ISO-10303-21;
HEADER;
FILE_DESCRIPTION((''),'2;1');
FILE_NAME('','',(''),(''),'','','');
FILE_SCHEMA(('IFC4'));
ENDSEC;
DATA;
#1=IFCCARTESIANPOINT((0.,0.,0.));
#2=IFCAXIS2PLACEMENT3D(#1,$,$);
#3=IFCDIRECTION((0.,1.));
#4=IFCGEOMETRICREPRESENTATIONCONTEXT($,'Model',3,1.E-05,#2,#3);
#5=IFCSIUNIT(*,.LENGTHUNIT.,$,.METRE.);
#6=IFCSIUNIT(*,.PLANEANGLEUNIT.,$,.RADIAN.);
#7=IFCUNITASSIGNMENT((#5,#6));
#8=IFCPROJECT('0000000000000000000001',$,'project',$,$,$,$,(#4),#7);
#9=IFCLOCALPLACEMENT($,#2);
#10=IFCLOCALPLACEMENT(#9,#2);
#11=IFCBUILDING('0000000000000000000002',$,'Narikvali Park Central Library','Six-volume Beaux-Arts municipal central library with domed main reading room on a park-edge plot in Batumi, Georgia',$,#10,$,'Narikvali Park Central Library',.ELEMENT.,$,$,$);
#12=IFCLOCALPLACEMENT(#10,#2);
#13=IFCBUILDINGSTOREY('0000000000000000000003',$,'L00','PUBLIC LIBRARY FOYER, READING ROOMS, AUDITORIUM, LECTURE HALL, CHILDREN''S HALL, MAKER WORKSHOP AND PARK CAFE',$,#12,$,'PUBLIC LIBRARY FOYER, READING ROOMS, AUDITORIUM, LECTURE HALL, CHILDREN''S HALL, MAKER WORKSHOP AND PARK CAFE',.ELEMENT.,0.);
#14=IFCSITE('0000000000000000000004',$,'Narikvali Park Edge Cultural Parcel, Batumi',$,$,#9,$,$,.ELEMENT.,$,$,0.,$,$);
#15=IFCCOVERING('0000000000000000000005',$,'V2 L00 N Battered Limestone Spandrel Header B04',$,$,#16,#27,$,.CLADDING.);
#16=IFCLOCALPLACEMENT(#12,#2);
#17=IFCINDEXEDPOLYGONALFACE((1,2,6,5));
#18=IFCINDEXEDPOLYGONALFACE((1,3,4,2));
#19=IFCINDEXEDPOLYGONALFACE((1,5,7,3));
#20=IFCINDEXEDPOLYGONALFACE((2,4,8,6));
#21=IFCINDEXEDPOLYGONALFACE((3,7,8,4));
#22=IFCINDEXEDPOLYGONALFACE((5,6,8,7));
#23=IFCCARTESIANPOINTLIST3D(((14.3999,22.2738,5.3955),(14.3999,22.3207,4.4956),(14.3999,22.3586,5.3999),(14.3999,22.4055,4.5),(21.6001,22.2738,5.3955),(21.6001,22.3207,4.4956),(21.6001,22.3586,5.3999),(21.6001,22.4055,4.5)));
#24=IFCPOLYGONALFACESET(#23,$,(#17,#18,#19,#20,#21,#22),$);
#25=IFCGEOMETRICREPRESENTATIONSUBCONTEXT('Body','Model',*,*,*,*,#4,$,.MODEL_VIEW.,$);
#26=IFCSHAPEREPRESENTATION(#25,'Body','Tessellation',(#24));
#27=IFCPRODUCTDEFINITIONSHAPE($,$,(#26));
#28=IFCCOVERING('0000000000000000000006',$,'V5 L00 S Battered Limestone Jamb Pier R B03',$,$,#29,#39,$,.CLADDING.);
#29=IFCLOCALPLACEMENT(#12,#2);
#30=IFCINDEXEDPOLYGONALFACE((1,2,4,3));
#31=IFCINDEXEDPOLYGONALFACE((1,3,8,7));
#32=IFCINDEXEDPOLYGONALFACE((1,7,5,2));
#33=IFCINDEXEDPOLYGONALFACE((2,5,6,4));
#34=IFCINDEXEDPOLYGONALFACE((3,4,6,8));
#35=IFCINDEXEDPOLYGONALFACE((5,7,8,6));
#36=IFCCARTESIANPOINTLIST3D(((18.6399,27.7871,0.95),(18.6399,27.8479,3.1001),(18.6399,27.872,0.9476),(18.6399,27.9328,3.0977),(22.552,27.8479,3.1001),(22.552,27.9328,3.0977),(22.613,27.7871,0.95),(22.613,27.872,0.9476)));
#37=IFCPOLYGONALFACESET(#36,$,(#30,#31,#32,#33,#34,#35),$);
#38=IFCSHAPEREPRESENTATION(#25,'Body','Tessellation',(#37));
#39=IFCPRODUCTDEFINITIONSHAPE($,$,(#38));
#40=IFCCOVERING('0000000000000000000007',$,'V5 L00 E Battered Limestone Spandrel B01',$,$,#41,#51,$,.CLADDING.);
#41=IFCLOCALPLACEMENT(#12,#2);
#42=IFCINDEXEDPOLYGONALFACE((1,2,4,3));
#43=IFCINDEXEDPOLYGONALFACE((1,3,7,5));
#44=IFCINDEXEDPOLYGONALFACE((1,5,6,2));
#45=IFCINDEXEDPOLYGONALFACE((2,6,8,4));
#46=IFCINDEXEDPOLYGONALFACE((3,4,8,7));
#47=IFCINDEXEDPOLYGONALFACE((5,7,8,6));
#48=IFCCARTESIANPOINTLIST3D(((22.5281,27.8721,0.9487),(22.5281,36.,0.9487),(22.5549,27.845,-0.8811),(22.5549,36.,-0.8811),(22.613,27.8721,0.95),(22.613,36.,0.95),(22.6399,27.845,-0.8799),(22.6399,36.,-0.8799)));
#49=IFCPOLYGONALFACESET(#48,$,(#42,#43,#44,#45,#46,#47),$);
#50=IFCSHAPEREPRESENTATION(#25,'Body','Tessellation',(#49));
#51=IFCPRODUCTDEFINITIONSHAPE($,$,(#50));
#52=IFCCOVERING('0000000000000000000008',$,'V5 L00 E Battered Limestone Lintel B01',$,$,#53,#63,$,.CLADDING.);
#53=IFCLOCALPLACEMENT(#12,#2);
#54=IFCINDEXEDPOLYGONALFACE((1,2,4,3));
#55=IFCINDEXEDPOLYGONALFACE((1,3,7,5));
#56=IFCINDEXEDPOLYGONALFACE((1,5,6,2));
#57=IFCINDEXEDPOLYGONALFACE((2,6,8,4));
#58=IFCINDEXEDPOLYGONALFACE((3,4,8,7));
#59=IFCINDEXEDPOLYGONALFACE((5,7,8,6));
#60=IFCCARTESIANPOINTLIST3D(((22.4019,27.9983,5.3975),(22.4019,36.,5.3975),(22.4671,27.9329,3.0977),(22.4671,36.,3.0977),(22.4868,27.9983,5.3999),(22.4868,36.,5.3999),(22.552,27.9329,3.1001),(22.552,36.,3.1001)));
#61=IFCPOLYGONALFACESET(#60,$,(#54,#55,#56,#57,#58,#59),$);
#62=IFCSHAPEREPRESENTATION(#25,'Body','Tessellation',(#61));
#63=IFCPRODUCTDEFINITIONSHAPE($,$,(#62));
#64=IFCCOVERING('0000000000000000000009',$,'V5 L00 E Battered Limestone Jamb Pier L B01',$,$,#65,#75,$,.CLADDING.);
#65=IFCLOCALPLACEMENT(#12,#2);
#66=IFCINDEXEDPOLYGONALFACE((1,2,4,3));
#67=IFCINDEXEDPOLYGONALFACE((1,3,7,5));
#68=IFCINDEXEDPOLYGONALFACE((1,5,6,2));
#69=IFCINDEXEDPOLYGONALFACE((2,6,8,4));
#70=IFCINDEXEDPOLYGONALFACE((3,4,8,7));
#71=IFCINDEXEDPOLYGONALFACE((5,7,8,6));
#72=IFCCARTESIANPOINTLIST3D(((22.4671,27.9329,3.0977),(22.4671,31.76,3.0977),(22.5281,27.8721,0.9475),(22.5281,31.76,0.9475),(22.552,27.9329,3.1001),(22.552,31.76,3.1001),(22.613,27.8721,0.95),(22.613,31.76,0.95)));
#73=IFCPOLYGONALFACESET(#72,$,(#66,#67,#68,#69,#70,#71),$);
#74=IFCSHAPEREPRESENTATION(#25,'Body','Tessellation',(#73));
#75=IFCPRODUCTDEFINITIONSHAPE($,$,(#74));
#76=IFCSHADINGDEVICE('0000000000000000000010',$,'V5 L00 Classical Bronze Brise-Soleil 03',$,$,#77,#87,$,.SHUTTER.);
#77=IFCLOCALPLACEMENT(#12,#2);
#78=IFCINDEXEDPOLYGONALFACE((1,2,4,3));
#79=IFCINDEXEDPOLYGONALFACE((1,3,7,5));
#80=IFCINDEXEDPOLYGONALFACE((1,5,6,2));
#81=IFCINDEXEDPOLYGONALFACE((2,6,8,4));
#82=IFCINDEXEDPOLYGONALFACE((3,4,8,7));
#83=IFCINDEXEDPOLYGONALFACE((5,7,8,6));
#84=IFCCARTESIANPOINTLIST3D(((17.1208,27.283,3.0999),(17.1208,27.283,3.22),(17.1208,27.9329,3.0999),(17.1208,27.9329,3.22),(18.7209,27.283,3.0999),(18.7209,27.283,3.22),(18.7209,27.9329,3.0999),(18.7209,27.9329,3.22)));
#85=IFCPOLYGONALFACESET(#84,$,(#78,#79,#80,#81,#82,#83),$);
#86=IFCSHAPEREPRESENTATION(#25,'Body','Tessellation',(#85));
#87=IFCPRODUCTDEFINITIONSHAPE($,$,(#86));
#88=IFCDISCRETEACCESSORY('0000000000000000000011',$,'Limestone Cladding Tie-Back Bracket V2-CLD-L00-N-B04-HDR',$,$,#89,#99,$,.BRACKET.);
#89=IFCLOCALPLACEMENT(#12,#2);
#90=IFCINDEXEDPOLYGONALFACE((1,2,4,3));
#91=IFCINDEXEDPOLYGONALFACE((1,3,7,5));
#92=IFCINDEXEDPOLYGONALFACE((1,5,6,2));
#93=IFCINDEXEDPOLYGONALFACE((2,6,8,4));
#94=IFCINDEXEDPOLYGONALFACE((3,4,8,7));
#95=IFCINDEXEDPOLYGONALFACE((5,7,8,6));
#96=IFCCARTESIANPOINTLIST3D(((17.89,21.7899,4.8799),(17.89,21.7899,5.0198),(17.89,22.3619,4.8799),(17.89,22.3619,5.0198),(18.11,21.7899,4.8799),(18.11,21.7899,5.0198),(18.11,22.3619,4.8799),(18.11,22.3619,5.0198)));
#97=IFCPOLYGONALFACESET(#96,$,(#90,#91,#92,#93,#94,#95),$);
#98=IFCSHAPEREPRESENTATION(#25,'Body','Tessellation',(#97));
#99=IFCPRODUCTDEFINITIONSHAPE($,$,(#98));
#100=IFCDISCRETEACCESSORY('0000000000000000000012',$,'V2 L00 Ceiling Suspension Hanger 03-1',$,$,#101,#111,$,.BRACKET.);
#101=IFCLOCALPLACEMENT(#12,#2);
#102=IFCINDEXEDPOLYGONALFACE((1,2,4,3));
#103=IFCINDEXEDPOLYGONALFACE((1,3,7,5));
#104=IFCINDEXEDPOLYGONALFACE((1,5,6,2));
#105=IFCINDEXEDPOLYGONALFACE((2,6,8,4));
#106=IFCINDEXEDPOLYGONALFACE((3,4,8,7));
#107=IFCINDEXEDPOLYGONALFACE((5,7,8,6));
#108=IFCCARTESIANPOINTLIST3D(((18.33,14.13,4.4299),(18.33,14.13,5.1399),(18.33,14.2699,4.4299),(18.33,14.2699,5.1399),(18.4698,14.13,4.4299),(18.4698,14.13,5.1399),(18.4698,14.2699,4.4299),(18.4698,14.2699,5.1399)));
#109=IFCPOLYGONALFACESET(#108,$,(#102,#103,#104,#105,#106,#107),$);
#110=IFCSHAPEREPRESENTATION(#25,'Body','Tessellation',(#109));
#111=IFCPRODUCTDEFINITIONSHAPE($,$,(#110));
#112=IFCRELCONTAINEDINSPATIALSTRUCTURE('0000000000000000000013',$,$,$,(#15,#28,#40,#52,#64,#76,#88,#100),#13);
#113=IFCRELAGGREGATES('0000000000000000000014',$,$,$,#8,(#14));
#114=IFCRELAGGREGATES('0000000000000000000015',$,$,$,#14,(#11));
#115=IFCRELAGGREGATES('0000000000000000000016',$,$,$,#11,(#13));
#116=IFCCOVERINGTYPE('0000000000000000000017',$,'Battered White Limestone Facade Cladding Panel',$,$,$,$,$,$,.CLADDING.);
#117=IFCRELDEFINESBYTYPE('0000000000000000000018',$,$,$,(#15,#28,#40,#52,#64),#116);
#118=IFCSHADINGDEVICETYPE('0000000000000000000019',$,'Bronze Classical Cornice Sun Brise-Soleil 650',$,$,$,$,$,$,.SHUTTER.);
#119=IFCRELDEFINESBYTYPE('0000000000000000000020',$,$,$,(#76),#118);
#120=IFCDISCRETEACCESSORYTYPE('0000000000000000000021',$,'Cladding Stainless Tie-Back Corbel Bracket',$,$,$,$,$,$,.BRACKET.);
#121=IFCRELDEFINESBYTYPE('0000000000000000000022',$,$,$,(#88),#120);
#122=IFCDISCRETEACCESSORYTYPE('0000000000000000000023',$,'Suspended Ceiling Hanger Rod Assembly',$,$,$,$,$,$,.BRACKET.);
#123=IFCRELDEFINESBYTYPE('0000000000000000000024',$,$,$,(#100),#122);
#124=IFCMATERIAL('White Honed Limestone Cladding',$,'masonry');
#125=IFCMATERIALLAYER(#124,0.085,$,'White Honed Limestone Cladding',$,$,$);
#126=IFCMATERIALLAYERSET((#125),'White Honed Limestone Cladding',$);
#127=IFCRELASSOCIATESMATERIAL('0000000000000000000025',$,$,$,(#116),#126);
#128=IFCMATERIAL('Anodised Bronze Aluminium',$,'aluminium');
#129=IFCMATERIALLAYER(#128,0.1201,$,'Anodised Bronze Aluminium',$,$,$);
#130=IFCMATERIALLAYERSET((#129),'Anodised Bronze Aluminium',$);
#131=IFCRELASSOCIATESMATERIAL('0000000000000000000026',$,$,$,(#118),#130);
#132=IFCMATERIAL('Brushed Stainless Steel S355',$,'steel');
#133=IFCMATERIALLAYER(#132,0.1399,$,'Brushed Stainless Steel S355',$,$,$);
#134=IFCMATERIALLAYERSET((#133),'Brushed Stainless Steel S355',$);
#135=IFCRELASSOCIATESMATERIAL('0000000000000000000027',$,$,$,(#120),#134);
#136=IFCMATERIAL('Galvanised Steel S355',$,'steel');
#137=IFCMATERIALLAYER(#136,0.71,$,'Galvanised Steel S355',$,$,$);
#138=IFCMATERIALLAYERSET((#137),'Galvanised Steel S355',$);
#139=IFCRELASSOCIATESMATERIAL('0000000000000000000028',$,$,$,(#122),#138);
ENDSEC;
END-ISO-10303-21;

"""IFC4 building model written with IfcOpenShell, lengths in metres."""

from ifc_helpers import new_model, si_unit, direction, frame, origin, origin_2d, place, context, subcontext, project, spatial, polyline, rectangle, outline, extrude, material, layer, layer_set, type_object, element, save


model = new_model("IFC4")

# Units and contexts
model_context = context("Model", 3, precision=1e-05, world=origin(), true_north=direction((0.0, 1.0)))
body_context = subcontext(model_context, "Body", "Model", "MODEL_VIEW")
ifc_project = project(units=[si_unit("LENGTHUNIT", "METRE"), si_unit("PLANEANGLEUNIT", "RADIAN")], contexts=[model_context])

# Site, building, storey
site_placement = place(None, origin())
site = spatial("IfcSite", under=ifc_project, at=site_placement, Name="Narikvali Park Edge Cultural Parcel, Batumi", CompositionType="ELEMENT", RefElevation=0.0)
building_placement = place(site_placement, origin())
building = spatial("IfcBuilding", under=site, at=building_placement, Name="Narikvali Park Central Library", Description="Six-volume Beaux-Arts municipal central library with domed main reading room on a park-edge plot in Batumi, Georgia", LongName="Narikvali Park Central Library", CompositionType="ELEMENT")
storey_placement = place(building_placement, origin())
storey = spatial("IfcBuildingStorey", under=building, at=storey_placement, Name="L00", Description="PUBLIC LIBRARY FOYER, READING ROOMS, AUDITORIUM, LECTURE HALL, CHILDREN'S HALL, MAKER WORKSHOP AND PARK CAFE", LongName="PUBLIC LIBRARY FOYER, READING ROOMS, AUDITORIUM, LECTURE HALL, CHILDREN'S HALL, MAKER WORKSHOP AND PARK CAFE", CompositionType="ELEMENT", Elevation=0.0)

# Shared definitions
ifc_material_1 = material(Name="Anodised Bronze Aluminium", Category="aluminium")

# Coverings
ifc_material_2 = material(Name="White Honed Limestone Cladding", Category="masonry")
ifc_layer_1 = layer(ifc_material_2, 0.085, Name="White Honed Limestone Cladding")
ifc_layer_set_1 = layer_set([ifc_layer_1], Name="White Honed Limestone Cladding")
covering_type = type_object("IfcCoveringType", Name="Battered White Limestone Facade Cladding Panel", PredefinedType="CLADDING", material=ifc_layer_set_1)
covering_1_placement = place(storey_placement, frame((21.6001, 22.4055, 4.5), z_axis=(0.0, 0.998646, 0.052018), x_axis=(-1.0, 0.0, 0.0)))
element("IfcCovering", 1, at=covering_1_placement, inside=storey, type_object=covering_type, Name="V2 L00 N Battered Limestone Spandrel Header B04", PredefinedType="CLADDING", context=body_context, shape_type="SweptSolid", body=[
    extrude(outline(polyline([(0.0, 0.0), (7.2002, 0.0), (7.2002, 0.9011), (0.0, 0.9011), (0.0, 0.0)])), origin(), (0.0, 0.0, -1.0), 0.085),
])
covering_2_placement = place(storey_placement, frame((18.6399, 27.7871, 0.95), z_axis=(0.0, -0.999601, 0.028262), x_axis=(1.0, 0.0, 0.0)))
element("IfcCovering", 2, at=covering_2_placement, inside=storey, type_object=covering_type, Name="V5 L00 S Battered Limestone Jamb Pier R B03", PredefinedType="CLADDING", context=body_context, shape_type="SweptSolid", body=[
    extrude(outline(polyline([(0.0, 0.0), (3.9731, 0.0), (3.9121, 2.151), (0.0, 2.151), (0.0, 0.0)])), origin(), (0.0, 0.0, -1.0), 0.085),
])
covering_3_placement = place(storey_placement, frame((22.6399, 27.845, -0.8799), z_axis=(0.999892, 0.0, 0.014675), x_axis=(0.0, 1.0, 0.0)))
element("IfcCovering", 3, at=covering_3_placement, inside=storey, type_object=covering_type, Name="V5 L00 E Battered Limestone Spandrel B01", PredefinedType="CLADDING", context=body_context, shape_type="SweptSolid", body=[
    extrude(outline(polyline([(0.0, 0.0), (8.155, 0.0), (8.155, 1.83), (0.0271, 1.83), (0.0, 0.0)])), origin(), (0.0, 0.0, -1.0), 0.085),
])
covering_4_placement = place(storey_placement, frame((22.552, 27.9329, 3.1001), z_axis=(0.999599, 0.0, 0.028333), x_axis=(0.0, 1.0, 0.0)))
element("IfcCovering", 4, at=covering_4_placement, inside=storey, type_object=covering_type, Name="V5 L00 E Battered Limestone Lintel B01", PredefinedType="CLADDING", context=body_context, shape_type="SweptSolid", body=[
    extrude(outline(polyline([(0.0, 0.0), (8.0671, 0.0), (8.0671, 2.3007), (0.0654, 2.3007), (0.0, 0.0)])), origin(), (0.0, 0.0, -1.0), 0.085),
])
covering_5_placement = place(storey_placement, frame((22.613, 27.8721, 0.95), z_axis=(0.999597, 0.0, 0.028375), x_axis=(0.0, 1.0, 0.0)))
element("IfcCovering", 5, at=covering_5_placement, inside=storey, type_object=covering_type, Name="V5 L00 E Battered Limestone Jamb Pier L B01", PredefinedType="CLADDING", context=body_context, shape_type="SweptSolid", body=[
    extrude(outline(polyline([(0.0, 0.0), (3.8879, 0.0), (3.8879, 2.151), (0.0608, 2.151), (0.0, 0.0)])), origin(), (0.0, 0.0, -1.0), 0.085),
])

# Shading device
ifc_layer_2 = layer(ifc_material_1, 0.1201, Name="Anodised Bronze Aluminium")
ifc_layer_set_2 = layer_set([ifc_layer_2], Name="Anodised Bronze Aluminium")
shading_device_type = type_object("IfcShadingDeviceType", Name="Bronze Classical Cornice Sun Brise-Soleil 650", PredefinedType="SHUTTER", material=ifc_layer_set_2)
shading_device_placement = place(storey_placement, frame((17.9209, 27.6079, 3.0999), z_axis=(0.0, 0.0, 1.0), x_axis=(1.0, 0.0, 0.0)))
element("IfcShadingDevice", 6, at=shading_device_placement, inside=storey, type_object=shading_device_type, Name="V5 L00 Classical Bronze Brise-Soleil 03", PredefinedType="SHUTTER", context=body_context, shape_type="SweptSolid", body=[
    extrude(rectangle(XDim=1.6001, YDim=0.6499, at=origin_2d()), origin(), (0.0, 0.0, 1.0), 0.1201),
])

# Discrete accessories
ifc_material_3 = material(Name="Brushed Stainless Steel S355", Category="steel")
ifc_layer_3 = layer(ifc_material_3, 0.1399, Name="Brushed Stainless Steel S355")
ifc_layer_set_3 = layer_set([ifc_layer_3], Name="Brushed Stainless Steel S355")
discrete_accessory_type_1 = type_object("IfcDiscreteAccessoryType", Name="Cladding Stainless Tie-Back Corbel Bracket", PredefinedType="BRACKET", material=ifc_layer_set_3)
discrete_accessory_1_placement = place(storey_placement, frame((18.0, 22.0759, 4.8799), z_axis=(0.0, 0.0, 1.0), x_axis=(1.0, 0.0, 0.0)))
element("IfcDiscreteAccessory", 7, at=discrete_accessory_1_placement, inside=storey, type_object=discrete_accessory_type_1, Name="Limestone Cladding Tie-Back Bracket V2-CLD-L00-N-B04-HDR", PredefinedType="BRACKET", context=body_context, shape_type="SweptSolid", body=[
    extrude(rectangle(XDim=0.22, YDim=0.572, at=origin_2d()), origin(), (0.0, 0.0, 1.0), 0.1399),
])
ifc_material_4 = material(Name="Galvanised Steel S355", Category="steel")
ifc_layer_4 = layer(ifc_material_4, 0.71, Name="Galvanised Steel S355")
ifc_layer_set_4 = layer_set([ifc_layer_4], Name="Galvanised Steel S355")
discrete_accessory_type_2 = type_object("IfcDiscreteAccessoryType", Name="Suspended Ceiling Hanger Rod Assembly", PredefinedType="BRACKET", material=ifc_layer_set_4)
discrete_accessory_2_placement = place(storey_placement, frame((18.3999, 14.2, 4.4299), z_axis=(0.0, 0.0, 1.0), x_axis=(1.0, 0.0, 0.0)))
element("IfcDiscreteAccessory", 8, at=discrete_accessory_2_placement, inside=storey, type_object=discrete_accessory_type_2, Name="V2 L00 Ceiling Suspension Hanger 03-1", PredefinedType="BRACKET", context=body_context, shape_type="SweptSolid", body=[
    extrude(rectangle(XDim=0.1399, YDim=0.1399, at=origin_2d()), origin(), (0.0, 0.0, 1.0), 0.71),
])

save(model, "model.ifc")
